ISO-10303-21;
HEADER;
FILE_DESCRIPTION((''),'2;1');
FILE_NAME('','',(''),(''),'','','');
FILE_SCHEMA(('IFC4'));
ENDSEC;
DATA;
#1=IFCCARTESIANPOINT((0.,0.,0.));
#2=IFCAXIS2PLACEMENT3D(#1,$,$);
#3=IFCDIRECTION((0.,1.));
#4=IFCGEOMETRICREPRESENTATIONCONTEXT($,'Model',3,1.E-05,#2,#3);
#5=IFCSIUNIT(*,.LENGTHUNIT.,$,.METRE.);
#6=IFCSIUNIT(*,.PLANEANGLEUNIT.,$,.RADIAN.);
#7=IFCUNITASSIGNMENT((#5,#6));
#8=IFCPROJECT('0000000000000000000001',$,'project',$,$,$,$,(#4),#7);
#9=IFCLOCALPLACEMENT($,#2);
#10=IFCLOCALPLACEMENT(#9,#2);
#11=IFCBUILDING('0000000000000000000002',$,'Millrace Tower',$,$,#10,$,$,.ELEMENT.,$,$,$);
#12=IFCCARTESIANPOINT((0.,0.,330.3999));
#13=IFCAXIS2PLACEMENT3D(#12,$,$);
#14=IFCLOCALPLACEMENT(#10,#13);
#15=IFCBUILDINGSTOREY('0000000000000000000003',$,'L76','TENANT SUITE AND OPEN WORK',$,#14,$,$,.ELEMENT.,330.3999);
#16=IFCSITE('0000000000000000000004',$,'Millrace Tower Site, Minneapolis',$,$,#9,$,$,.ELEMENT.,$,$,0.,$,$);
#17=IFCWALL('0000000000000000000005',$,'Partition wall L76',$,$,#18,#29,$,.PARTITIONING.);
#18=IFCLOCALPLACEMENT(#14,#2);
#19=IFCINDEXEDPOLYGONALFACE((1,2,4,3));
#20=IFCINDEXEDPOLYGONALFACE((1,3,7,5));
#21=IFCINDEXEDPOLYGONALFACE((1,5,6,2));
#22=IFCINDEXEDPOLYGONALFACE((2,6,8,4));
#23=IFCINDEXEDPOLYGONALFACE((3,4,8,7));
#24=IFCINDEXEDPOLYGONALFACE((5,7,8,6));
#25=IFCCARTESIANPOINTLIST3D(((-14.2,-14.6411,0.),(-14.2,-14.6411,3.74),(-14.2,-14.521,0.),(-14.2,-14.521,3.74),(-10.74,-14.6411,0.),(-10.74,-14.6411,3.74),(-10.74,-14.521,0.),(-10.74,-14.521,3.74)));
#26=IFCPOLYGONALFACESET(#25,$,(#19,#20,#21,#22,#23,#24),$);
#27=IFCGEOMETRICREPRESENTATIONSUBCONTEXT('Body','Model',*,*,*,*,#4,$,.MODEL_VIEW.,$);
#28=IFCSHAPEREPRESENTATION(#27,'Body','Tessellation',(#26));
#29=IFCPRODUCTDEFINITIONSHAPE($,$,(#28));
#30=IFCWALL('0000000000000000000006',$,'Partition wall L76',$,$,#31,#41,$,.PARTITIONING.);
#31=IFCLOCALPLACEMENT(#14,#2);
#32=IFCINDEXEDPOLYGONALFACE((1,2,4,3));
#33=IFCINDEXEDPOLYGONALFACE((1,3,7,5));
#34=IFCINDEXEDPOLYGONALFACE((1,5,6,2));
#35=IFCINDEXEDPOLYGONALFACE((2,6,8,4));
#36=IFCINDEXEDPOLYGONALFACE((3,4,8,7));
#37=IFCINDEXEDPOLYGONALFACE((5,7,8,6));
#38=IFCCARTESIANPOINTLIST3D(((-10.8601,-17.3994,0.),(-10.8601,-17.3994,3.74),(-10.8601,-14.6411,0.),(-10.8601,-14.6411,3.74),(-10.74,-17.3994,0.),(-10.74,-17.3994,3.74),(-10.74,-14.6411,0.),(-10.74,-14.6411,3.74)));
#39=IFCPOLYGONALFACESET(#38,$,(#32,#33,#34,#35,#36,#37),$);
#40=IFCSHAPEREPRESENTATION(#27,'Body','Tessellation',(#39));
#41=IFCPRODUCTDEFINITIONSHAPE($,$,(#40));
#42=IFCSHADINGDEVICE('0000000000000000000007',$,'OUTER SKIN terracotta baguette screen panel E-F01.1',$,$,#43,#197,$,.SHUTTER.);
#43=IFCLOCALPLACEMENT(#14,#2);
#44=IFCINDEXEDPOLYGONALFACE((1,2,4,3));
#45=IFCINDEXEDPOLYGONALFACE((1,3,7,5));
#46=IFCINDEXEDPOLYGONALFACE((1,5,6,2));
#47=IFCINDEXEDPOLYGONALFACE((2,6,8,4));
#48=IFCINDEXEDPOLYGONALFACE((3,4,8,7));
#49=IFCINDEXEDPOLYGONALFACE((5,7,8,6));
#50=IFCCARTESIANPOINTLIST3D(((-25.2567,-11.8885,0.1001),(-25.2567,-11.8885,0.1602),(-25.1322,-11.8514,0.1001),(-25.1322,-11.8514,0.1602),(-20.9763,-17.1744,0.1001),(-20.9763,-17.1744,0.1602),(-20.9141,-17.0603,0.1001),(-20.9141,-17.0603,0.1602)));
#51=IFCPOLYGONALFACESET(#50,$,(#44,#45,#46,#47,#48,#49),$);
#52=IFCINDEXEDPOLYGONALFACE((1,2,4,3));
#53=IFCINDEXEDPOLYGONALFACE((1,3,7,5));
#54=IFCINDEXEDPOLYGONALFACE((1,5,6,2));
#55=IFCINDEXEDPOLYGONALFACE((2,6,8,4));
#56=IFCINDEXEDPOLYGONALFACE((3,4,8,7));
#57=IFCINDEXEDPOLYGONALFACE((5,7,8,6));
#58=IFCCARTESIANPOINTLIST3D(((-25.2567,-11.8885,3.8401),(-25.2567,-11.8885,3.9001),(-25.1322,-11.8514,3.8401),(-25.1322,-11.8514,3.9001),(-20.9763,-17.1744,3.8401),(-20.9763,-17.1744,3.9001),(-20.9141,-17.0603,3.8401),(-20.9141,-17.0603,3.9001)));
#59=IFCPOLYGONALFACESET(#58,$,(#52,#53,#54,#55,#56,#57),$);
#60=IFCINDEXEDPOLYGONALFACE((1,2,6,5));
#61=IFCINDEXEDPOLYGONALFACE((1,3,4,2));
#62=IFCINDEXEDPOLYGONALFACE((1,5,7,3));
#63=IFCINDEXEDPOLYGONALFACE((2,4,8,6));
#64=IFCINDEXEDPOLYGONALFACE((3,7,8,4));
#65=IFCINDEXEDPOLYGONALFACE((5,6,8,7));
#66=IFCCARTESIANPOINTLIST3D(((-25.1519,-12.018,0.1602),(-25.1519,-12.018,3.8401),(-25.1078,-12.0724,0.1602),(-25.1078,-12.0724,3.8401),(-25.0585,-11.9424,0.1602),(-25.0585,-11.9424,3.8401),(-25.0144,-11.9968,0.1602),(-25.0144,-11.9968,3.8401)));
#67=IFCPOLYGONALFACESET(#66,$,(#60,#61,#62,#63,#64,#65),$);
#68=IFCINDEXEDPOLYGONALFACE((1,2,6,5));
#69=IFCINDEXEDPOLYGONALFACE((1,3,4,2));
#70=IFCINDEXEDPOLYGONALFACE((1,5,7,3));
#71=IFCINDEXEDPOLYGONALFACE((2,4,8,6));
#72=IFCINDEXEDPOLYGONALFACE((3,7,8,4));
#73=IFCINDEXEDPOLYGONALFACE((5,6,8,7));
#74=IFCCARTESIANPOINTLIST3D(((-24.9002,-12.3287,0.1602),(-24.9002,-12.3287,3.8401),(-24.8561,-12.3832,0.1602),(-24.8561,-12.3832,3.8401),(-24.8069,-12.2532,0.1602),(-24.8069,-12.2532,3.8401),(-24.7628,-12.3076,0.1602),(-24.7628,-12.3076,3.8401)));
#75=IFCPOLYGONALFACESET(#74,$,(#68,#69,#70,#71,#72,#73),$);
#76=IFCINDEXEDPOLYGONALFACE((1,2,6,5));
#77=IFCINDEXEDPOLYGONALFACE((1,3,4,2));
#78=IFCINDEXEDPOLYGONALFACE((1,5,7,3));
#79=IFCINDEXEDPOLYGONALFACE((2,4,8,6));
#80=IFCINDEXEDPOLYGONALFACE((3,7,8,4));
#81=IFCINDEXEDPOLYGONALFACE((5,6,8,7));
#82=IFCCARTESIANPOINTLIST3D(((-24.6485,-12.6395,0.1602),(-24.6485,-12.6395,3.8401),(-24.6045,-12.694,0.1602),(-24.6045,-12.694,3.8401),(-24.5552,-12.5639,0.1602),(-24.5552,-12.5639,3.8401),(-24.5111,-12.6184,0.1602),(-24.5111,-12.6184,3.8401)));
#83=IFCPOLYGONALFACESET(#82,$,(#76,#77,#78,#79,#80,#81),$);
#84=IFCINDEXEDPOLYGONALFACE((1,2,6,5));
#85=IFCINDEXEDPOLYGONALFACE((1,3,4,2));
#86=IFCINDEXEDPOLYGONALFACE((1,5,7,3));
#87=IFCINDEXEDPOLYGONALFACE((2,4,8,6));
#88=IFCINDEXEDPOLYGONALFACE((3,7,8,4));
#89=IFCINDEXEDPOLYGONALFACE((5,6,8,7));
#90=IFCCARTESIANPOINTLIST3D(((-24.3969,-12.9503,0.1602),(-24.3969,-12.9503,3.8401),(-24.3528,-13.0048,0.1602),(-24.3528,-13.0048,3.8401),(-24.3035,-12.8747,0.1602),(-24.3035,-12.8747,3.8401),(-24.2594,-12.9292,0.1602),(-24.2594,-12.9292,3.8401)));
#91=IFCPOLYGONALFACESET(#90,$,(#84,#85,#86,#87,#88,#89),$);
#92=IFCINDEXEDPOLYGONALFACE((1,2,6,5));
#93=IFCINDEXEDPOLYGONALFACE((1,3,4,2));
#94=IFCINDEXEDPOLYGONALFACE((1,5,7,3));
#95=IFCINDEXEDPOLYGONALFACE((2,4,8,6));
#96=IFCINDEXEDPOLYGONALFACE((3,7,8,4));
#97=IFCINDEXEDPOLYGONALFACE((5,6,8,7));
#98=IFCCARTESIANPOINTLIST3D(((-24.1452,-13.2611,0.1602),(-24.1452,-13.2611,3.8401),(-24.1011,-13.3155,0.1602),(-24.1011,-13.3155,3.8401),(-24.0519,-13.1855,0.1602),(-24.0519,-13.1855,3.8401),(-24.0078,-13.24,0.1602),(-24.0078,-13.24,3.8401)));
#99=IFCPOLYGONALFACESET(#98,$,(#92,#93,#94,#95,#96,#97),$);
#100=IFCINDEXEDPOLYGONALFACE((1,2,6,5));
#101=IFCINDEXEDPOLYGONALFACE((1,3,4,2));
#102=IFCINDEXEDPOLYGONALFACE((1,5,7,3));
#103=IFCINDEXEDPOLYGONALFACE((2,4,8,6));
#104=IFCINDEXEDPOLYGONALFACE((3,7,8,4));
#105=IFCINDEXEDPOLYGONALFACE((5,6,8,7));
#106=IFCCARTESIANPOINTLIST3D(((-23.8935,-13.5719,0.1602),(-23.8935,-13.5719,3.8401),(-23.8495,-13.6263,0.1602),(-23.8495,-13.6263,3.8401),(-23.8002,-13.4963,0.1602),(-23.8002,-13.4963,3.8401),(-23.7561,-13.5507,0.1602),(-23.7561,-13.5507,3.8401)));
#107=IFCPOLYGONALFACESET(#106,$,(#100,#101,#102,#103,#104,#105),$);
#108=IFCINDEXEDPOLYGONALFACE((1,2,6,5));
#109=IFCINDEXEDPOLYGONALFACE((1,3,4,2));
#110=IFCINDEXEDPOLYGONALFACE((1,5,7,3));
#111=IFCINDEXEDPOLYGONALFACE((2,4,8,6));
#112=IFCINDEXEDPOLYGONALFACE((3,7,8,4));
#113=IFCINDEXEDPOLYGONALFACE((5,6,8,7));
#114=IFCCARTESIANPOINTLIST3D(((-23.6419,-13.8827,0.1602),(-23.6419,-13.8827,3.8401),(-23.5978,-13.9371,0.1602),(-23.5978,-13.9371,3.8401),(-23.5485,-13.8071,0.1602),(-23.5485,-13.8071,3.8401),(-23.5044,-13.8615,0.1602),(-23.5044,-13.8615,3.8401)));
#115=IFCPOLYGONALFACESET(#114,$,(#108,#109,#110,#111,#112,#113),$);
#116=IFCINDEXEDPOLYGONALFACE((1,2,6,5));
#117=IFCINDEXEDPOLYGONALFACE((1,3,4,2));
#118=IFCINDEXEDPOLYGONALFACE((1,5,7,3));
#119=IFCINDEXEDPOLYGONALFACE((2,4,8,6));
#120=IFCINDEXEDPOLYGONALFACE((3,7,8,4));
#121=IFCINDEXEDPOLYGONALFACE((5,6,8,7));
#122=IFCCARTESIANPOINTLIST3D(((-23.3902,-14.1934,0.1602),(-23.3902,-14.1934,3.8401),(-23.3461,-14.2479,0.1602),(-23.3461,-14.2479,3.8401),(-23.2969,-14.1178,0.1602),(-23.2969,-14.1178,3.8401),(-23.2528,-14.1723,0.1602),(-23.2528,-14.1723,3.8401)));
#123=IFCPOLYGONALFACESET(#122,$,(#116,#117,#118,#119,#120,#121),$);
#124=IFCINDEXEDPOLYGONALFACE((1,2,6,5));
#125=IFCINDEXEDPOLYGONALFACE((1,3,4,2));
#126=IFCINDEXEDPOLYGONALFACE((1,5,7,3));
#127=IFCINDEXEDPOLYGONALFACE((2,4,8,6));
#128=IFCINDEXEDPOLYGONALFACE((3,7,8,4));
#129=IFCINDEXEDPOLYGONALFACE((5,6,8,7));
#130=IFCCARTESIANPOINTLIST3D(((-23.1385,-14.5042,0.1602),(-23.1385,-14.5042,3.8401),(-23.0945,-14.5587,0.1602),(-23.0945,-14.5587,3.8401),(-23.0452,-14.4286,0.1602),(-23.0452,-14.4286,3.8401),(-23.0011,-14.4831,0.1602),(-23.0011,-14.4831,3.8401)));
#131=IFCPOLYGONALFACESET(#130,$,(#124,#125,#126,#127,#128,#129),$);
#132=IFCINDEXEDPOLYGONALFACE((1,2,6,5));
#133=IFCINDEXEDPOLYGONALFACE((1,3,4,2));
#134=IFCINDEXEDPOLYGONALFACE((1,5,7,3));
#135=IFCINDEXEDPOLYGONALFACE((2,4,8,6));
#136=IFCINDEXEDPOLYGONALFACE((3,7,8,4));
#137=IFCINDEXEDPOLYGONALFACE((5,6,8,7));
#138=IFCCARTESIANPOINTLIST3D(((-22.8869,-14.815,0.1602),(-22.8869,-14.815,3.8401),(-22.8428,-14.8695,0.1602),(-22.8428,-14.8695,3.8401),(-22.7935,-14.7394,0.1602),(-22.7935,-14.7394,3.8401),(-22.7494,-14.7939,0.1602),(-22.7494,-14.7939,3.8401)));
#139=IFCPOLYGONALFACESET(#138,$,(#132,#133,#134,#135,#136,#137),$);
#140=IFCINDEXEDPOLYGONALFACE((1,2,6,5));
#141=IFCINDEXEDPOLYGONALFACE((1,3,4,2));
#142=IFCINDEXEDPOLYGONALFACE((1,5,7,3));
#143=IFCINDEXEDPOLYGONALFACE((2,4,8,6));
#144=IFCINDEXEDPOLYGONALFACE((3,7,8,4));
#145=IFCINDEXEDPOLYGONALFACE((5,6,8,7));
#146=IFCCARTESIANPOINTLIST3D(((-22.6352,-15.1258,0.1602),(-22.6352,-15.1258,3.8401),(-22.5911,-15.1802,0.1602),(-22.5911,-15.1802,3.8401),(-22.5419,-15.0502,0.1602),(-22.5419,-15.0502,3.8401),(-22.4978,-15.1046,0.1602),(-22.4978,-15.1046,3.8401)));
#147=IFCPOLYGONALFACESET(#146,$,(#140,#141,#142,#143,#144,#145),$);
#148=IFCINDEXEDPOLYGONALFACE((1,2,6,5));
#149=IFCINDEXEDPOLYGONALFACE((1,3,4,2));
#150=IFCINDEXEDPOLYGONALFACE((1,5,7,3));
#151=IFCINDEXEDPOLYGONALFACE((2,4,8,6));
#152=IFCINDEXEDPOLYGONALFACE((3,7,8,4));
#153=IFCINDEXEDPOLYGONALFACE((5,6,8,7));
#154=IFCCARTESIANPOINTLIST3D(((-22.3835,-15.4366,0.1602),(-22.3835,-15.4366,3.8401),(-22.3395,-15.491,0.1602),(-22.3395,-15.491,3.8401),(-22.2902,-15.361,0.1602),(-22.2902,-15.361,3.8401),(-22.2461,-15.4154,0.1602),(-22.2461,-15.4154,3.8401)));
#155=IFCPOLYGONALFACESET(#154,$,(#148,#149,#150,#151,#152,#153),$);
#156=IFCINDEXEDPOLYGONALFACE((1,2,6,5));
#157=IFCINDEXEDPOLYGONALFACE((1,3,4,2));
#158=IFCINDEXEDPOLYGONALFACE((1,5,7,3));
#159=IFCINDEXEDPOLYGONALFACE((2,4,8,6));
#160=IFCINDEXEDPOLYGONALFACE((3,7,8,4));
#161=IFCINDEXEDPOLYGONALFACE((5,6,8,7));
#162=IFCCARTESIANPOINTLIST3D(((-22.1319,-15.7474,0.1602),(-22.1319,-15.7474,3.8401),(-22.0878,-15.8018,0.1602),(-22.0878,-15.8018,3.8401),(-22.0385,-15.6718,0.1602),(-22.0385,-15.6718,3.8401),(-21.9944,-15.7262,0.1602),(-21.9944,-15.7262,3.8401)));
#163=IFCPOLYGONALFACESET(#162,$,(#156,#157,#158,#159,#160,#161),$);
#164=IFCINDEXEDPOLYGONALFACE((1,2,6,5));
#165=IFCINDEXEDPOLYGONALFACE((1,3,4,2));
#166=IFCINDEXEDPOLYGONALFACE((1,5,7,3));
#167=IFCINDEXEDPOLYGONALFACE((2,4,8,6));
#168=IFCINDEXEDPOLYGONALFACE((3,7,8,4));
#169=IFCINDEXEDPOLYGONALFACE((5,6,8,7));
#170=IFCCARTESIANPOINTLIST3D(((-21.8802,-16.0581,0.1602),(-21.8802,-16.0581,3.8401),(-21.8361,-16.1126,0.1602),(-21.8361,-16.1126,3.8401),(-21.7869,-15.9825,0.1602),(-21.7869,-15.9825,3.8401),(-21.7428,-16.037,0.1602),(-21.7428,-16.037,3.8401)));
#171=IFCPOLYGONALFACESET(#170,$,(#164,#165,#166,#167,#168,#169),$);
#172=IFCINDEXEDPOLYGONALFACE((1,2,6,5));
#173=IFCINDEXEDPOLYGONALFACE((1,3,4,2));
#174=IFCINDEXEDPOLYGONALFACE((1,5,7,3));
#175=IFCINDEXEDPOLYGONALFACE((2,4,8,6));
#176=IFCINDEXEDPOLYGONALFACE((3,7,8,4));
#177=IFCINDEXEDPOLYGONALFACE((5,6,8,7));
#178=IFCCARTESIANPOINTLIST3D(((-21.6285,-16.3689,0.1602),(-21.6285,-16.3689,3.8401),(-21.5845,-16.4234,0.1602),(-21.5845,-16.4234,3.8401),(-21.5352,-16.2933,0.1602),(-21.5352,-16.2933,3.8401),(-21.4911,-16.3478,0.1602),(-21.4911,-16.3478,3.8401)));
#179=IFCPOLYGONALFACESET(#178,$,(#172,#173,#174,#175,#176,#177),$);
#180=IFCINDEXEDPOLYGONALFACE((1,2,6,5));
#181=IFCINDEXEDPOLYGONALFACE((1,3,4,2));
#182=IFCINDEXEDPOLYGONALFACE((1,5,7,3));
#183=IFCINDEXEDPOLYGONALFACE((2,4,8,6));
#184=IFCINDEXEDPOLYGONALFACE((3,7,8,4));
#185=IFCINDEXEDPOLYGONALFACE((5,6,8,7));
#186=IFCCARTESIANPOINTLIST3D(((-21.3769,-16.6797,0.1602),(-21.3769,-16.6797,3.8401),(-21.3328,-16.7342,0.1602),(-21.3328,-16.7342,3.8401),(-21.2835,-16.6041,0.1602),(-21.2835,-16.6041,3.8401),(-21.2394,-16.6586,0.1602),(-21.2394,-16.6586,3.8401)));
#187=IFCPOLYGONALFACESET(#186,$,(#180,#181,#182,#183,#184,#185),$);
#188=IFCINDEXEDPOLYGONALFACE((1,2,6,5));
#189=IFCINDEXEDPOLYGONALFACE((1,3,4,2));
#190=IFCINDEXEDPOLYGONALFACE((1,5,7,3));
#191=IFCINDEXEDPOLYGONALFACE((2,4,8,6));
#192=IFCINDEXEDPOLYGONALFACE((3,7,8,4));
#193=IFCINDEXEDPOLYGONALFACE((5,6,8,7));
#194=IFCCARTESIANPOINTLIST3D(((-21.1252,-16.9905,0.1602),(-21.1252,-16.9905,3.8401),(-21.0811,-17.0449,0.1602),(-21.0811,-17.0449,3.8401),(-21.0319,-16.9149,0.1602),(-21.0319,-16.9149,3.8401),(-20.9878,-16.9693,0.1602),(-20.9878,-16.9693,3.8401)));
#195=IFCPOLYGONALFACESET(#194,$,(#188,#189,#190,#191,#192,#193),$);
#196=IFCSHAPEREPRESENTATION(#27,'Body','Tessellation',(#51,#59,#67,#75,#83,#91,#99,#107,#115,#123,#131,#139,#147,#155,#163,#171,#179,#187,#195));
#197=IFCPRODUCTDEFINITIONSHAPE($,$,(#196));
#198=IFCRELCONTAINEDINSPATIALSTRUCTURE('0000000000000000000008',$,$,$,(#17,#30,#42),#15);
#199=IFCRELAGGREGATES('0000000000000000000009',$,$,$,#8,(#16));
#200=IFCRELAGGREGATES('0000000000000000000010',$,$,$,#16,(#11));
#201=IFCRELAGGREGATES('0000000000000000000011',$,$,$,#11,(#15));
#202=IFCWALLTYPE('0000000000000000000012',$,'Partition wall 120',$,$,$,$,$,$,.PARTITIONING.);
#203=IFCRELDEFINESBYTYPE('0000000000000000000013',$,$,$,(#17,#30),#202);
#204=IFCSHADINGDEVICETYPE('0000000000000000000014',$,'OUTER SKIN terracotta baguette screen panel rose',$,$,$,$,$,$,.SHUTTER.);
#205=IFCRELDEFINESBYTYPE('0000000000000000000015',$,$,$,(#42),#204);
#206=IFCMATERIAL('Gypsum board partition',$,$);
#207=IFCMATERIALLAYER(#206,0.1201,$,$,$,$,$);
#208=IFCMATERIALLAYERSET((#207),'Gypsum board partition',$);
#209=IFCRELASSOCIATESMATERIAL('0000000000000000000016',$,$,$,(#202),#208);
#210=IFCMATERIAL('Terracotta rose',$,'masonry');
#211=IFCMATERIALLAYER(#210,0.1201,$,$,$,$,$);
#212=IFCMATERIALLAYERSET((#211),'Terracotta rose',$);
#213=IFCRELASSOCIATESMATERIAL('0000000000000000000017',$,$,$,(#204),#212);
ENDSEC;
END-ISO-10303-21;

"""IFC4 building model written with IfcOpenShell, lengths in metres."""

from ifc_helpers import new_model, entity, si_unit, direction, frame, frame_2d, origin, origin_2d, place, context, subcontext, project, spatial, rectangle, extrude, source, transform, mapped, material, layer, layer_set, type_object, element, save


model = new_model("IFC4")

# Units and contexts
model_context = context("Model", 3, precision=1e-05, world=origin(), true_north=direction((0.0, 1.0)))
body_context = subcontext(model_context, "Body", "Model", "MODEL_VIEW")
ifc_project = project(units=[si_unit("LENGTHUNIT", "METRE"), si_unit("PLANEANGLEUNIT", "RADIAN")], contexts=[model_context])

# Site, building, storey
site_placement = place(None, origin())
site = spatial("IfcSite", under=ifc_project, at=site_placement, Name="Millrace Tower Site, Minneapolis", CompositionType="ELEMENT", RefElevation=0.0)
building_placement = place(site_placement, origin())
building = spatial("IfcBuilding", under=site, at=building_placement, Name="Millrace Tower", CompositionType="ELEMENT")
storey_placement = place(building_placement, frame((0.0, 0.0, 330.3999)))
storey = spatial("IfcBuildingStorey", under=building, at=storey_placement, Name="L76", Description="TENANT SUITE AND OPEN WORK", CompositionType="ELEMENT", Elevation=330.3999)

# Walls
ifc_material_1 = material(Name="Gypsum board partition")
ifc_layer_1 = layer(ifc_material_1, 0.1201)
ifc_layer_set_1 = layer_set([ifc_layer_1], Name="Gypsum board partition")
wall_type_1 = type_object("IfcWallType", Name="Partition wall 120", PredefinedType="PARTITIONING", material=ifc_layer_set_1)
wall_1_placement = place(storey_placement, frame((-14.2, -14.5811, 0.0), z_axis=(0.0, 0.0, 1.0), x_axis=(1.0, 0.0, 0.0)))
element("IfcWall", 1, at=wall_1_placement, inside=storey, type_object=wall_type_1, Name="Partition wall L76", PredefinedType="PARTITIONING", context=body_context, shape_type="SweptSolid", body=[
    extrude(rectangle(XDim=3.46, YDim=0.1201, at=frame_2d((1.73, 0.0))), origin(), (0.0, 0.0, 1.0), 3.74),
])
wall_2_placement = place(storey_placement, frame((-10.8, -17.3994, 0.0), z_axis=(0.0, 0.0, 1.0), x_axis=(0.0, 1.0, 0.0)))
element("IfcWall", 2, at=wall_2_placement, inside=storey, type_object=wall_type_1, Name="Partition wall L76", PredefinedType="PARTITIONING", context=body_context, shape_type="SweptSolid", body=[
    extrude(rectangle(XDim=2.7583, YDim=0.1201, at=frame_2d((1.3792, 0.0))), origin(), (0.0, 0.0, 1.0), 3.74),
])

# Shading device
ifc_material_2 = material(Name="Terracotta rose", Category="masonry")
ifc_layer_2 = layer(ifc_material_2, 0.1201)
ifc_layer_set_2 = layer_set([ifc_layer_2], Name="Terracotta rose")
shading_device_type = type_object("IfcShadingDeviceType", Name="OUTER SKIN terracotta baguette screen panel rose", PredefinedType="SHUTTER", material=ifc_layer_set_2)
cartesian_point_1 = entity("IfcCartesianPoint", [-3.3513, 0.0601])
shared_polyline_1 = entity("IfcPolyline", [cartesian_point_1, entity("IfcCartesianPoint", [3.3513, 0.0601]), entity("IfcCartesianPoint", [3.4009, -0.0601]), entity("IfcCartesianPoint", [-3.4009, -0.0601]), cartesian_point_1])
shared_shape_1 = source(origin(), body_context, "Body", "SweptSolid", [
    entity("IfcExtrudedAreaSolid", entity("IfcArbitraryClosedProfileDef", "AREA", None, shared_polyline_1), entity("IfcAxis2Placement3D", entity("IfcCartesianPoint", [0.0, 0.0, 0.0])), entity("IfcDirection", [0.0, 0.0, 1.0]), 0.0601),
    entity("IfcExtrudedAreaSolid", entity("IfcArbitraryClosedProfileDef", "AREA", None, shared_polyline_1), entity("IfcAxis2Placement3D", entity("IfcCartesianPoint", [0.0, 0.0, 3.74])), entity("IfcDirection", [0.0, 0.0, 1.0]), 0.0601),
    extrude(rectangle(XDim=0.0701, YDim=0.1201, at=frame_2d((-3.1992, 0.0))), frame((0.0, 0.0, 0.0601)), (0.0, 0.0, 1.0), 3.6799),
    extrude(rectangle(XDim=0.0701, YDim=0.1201, at=frame_2d((-2.7993, 0.0))), frame((0.0, 0.0, 0.0601)), (0.0, 0.0, 1.0), 3.6799),
    extrude(rectangle(XDim=0.0701, YDim=0.1201, at=frame_2d((-2.3994, 0.0))), frame((0.0, 0.0, 0.0601)), (0.0, 0.0, 1.0), 3.6799),
    extrude(rectangle(XDim=0.0701, YDim=0.1201, at=frame_2d((-1.9995, 0.0))), frame((0.0, 0.0, 0.0601)), (0.0, 0.0, 1.0), 3.6799),
    extrude(rectangle(XDim=0.0701, YDim=0.1201, at=frame_2d((-1.5996, 0.0))), frame((0.0, 0.0, 0.0601)), (0.0, 0.0, 1.0), 3.6799),
    extrude(rectangle(XDim=0.0701, YDim=0.1201, at=frame_2d((-1.1997, 0.0))), frame((0.0, 0.0, 0.0601)), (0.0, 0.0, 1.0), 3.6799),
    extrude(rectangle(XDim=0.0701, YDim=0.1201, at=frame_2d((-0.7998, 0.0))), frame((0.0, 0.0, 0.0601)), (0.0, 0.0, 1.0), 3.6799),
    extrude(rectangle(XDim=0.0701, YDim=0.1201, at=frame_2d((-0.3999, 0.0))), frame((0.0, 0.0, 0.0601)), (0.0, 0.0, 1.0), 3.6799),
    extrude(rectangle(XDim=0.0701, YDim=0.1201, at=origin_2d()), frame((0.0, 0.0, 0.0601)), (0.0, 0.0, 1.0), 3.6799),
    extrude(rectangle(XDim=0.0701, YDim=0.1201, at=frame_2d((0.3999, 0.0))), frame((0.0, 0.0, 0.0601)), (0.0, 0.0, 1.0), 3.6799),
    extrude(rectangle(XDim=0.0701, YDim=0.1201, at=frame_2d((0.7998, 0.0))), frame((0.0, 0.0, 0.0601)), (0.0, 0.0, 1.0), 3.6799),
    extrude(rectangle(XDim=0.0701, YDim=0.1201, at=frame_2d((1.1997, 0.0))), frame((0.0, 0.0, 0.0601)), (0.0, 0.0, 1.0), 3.6799),
    extrude(rectangle(XDim=0.0701, YDim=0.1201, at=frame_2d((1.5996, 0.0))), frame((0.0, 0.0, 0.0601)), (0.0, 0.0, 1.0), 3.6799),
    extrude(rectangle(XDim=0.0701, YDim=0.1201, at=frame_2d((1.9995, 0.0))), frame((0.0, 0.0, 0.0601)), (0.0, 0.0, 1.0), 3.6799),
    extrude(rectangle(XDim=0.0701, YDim=0.1201, at=frame_2d((2.3994, 0.0))), frame((0.0, 0.0, 0.0601)), (0.0, 0.0, 1.0), 3.6799),
    extrude(rectangle(XDim=0.0701, YDim=0.1201, at=frame_2d((2.7993, 0.0))), frame((0.0, 0.0, 0.0601)), (0.0, 0.0, 1.0), 3.6799),
    extrude(rectangle(XDim=0.0701, YDim=0.1201, at=frame_2d((3.1992, 0.0))), frame((0.0, 0.0, 0.0601)), (0.0, 0.0, 1.0), 3.6799),
])
shading_device_1_placement = place(storey_placement, frame((-23.0698, -14.4937, 0.1001), z_axis=(0.0, 0.0, 1.0), x_axis=(0.62932, -0.777146, 0.0)))
element("IfcShadingDevice", 3, at=shading_device_1_placement, inside=storey, type_object=shading_device_type, Name="OUTER SKIN terracotta baguette screen panel E-F01.1", PredefinedType="SHUTTER", context=body_context, shape_type="MappedRepresentation", body=[
    mapped(shared_shape_1, transform((0.0, 0.0, 0.0), scale=1.0)),
])

save(model, "model.ifc")
